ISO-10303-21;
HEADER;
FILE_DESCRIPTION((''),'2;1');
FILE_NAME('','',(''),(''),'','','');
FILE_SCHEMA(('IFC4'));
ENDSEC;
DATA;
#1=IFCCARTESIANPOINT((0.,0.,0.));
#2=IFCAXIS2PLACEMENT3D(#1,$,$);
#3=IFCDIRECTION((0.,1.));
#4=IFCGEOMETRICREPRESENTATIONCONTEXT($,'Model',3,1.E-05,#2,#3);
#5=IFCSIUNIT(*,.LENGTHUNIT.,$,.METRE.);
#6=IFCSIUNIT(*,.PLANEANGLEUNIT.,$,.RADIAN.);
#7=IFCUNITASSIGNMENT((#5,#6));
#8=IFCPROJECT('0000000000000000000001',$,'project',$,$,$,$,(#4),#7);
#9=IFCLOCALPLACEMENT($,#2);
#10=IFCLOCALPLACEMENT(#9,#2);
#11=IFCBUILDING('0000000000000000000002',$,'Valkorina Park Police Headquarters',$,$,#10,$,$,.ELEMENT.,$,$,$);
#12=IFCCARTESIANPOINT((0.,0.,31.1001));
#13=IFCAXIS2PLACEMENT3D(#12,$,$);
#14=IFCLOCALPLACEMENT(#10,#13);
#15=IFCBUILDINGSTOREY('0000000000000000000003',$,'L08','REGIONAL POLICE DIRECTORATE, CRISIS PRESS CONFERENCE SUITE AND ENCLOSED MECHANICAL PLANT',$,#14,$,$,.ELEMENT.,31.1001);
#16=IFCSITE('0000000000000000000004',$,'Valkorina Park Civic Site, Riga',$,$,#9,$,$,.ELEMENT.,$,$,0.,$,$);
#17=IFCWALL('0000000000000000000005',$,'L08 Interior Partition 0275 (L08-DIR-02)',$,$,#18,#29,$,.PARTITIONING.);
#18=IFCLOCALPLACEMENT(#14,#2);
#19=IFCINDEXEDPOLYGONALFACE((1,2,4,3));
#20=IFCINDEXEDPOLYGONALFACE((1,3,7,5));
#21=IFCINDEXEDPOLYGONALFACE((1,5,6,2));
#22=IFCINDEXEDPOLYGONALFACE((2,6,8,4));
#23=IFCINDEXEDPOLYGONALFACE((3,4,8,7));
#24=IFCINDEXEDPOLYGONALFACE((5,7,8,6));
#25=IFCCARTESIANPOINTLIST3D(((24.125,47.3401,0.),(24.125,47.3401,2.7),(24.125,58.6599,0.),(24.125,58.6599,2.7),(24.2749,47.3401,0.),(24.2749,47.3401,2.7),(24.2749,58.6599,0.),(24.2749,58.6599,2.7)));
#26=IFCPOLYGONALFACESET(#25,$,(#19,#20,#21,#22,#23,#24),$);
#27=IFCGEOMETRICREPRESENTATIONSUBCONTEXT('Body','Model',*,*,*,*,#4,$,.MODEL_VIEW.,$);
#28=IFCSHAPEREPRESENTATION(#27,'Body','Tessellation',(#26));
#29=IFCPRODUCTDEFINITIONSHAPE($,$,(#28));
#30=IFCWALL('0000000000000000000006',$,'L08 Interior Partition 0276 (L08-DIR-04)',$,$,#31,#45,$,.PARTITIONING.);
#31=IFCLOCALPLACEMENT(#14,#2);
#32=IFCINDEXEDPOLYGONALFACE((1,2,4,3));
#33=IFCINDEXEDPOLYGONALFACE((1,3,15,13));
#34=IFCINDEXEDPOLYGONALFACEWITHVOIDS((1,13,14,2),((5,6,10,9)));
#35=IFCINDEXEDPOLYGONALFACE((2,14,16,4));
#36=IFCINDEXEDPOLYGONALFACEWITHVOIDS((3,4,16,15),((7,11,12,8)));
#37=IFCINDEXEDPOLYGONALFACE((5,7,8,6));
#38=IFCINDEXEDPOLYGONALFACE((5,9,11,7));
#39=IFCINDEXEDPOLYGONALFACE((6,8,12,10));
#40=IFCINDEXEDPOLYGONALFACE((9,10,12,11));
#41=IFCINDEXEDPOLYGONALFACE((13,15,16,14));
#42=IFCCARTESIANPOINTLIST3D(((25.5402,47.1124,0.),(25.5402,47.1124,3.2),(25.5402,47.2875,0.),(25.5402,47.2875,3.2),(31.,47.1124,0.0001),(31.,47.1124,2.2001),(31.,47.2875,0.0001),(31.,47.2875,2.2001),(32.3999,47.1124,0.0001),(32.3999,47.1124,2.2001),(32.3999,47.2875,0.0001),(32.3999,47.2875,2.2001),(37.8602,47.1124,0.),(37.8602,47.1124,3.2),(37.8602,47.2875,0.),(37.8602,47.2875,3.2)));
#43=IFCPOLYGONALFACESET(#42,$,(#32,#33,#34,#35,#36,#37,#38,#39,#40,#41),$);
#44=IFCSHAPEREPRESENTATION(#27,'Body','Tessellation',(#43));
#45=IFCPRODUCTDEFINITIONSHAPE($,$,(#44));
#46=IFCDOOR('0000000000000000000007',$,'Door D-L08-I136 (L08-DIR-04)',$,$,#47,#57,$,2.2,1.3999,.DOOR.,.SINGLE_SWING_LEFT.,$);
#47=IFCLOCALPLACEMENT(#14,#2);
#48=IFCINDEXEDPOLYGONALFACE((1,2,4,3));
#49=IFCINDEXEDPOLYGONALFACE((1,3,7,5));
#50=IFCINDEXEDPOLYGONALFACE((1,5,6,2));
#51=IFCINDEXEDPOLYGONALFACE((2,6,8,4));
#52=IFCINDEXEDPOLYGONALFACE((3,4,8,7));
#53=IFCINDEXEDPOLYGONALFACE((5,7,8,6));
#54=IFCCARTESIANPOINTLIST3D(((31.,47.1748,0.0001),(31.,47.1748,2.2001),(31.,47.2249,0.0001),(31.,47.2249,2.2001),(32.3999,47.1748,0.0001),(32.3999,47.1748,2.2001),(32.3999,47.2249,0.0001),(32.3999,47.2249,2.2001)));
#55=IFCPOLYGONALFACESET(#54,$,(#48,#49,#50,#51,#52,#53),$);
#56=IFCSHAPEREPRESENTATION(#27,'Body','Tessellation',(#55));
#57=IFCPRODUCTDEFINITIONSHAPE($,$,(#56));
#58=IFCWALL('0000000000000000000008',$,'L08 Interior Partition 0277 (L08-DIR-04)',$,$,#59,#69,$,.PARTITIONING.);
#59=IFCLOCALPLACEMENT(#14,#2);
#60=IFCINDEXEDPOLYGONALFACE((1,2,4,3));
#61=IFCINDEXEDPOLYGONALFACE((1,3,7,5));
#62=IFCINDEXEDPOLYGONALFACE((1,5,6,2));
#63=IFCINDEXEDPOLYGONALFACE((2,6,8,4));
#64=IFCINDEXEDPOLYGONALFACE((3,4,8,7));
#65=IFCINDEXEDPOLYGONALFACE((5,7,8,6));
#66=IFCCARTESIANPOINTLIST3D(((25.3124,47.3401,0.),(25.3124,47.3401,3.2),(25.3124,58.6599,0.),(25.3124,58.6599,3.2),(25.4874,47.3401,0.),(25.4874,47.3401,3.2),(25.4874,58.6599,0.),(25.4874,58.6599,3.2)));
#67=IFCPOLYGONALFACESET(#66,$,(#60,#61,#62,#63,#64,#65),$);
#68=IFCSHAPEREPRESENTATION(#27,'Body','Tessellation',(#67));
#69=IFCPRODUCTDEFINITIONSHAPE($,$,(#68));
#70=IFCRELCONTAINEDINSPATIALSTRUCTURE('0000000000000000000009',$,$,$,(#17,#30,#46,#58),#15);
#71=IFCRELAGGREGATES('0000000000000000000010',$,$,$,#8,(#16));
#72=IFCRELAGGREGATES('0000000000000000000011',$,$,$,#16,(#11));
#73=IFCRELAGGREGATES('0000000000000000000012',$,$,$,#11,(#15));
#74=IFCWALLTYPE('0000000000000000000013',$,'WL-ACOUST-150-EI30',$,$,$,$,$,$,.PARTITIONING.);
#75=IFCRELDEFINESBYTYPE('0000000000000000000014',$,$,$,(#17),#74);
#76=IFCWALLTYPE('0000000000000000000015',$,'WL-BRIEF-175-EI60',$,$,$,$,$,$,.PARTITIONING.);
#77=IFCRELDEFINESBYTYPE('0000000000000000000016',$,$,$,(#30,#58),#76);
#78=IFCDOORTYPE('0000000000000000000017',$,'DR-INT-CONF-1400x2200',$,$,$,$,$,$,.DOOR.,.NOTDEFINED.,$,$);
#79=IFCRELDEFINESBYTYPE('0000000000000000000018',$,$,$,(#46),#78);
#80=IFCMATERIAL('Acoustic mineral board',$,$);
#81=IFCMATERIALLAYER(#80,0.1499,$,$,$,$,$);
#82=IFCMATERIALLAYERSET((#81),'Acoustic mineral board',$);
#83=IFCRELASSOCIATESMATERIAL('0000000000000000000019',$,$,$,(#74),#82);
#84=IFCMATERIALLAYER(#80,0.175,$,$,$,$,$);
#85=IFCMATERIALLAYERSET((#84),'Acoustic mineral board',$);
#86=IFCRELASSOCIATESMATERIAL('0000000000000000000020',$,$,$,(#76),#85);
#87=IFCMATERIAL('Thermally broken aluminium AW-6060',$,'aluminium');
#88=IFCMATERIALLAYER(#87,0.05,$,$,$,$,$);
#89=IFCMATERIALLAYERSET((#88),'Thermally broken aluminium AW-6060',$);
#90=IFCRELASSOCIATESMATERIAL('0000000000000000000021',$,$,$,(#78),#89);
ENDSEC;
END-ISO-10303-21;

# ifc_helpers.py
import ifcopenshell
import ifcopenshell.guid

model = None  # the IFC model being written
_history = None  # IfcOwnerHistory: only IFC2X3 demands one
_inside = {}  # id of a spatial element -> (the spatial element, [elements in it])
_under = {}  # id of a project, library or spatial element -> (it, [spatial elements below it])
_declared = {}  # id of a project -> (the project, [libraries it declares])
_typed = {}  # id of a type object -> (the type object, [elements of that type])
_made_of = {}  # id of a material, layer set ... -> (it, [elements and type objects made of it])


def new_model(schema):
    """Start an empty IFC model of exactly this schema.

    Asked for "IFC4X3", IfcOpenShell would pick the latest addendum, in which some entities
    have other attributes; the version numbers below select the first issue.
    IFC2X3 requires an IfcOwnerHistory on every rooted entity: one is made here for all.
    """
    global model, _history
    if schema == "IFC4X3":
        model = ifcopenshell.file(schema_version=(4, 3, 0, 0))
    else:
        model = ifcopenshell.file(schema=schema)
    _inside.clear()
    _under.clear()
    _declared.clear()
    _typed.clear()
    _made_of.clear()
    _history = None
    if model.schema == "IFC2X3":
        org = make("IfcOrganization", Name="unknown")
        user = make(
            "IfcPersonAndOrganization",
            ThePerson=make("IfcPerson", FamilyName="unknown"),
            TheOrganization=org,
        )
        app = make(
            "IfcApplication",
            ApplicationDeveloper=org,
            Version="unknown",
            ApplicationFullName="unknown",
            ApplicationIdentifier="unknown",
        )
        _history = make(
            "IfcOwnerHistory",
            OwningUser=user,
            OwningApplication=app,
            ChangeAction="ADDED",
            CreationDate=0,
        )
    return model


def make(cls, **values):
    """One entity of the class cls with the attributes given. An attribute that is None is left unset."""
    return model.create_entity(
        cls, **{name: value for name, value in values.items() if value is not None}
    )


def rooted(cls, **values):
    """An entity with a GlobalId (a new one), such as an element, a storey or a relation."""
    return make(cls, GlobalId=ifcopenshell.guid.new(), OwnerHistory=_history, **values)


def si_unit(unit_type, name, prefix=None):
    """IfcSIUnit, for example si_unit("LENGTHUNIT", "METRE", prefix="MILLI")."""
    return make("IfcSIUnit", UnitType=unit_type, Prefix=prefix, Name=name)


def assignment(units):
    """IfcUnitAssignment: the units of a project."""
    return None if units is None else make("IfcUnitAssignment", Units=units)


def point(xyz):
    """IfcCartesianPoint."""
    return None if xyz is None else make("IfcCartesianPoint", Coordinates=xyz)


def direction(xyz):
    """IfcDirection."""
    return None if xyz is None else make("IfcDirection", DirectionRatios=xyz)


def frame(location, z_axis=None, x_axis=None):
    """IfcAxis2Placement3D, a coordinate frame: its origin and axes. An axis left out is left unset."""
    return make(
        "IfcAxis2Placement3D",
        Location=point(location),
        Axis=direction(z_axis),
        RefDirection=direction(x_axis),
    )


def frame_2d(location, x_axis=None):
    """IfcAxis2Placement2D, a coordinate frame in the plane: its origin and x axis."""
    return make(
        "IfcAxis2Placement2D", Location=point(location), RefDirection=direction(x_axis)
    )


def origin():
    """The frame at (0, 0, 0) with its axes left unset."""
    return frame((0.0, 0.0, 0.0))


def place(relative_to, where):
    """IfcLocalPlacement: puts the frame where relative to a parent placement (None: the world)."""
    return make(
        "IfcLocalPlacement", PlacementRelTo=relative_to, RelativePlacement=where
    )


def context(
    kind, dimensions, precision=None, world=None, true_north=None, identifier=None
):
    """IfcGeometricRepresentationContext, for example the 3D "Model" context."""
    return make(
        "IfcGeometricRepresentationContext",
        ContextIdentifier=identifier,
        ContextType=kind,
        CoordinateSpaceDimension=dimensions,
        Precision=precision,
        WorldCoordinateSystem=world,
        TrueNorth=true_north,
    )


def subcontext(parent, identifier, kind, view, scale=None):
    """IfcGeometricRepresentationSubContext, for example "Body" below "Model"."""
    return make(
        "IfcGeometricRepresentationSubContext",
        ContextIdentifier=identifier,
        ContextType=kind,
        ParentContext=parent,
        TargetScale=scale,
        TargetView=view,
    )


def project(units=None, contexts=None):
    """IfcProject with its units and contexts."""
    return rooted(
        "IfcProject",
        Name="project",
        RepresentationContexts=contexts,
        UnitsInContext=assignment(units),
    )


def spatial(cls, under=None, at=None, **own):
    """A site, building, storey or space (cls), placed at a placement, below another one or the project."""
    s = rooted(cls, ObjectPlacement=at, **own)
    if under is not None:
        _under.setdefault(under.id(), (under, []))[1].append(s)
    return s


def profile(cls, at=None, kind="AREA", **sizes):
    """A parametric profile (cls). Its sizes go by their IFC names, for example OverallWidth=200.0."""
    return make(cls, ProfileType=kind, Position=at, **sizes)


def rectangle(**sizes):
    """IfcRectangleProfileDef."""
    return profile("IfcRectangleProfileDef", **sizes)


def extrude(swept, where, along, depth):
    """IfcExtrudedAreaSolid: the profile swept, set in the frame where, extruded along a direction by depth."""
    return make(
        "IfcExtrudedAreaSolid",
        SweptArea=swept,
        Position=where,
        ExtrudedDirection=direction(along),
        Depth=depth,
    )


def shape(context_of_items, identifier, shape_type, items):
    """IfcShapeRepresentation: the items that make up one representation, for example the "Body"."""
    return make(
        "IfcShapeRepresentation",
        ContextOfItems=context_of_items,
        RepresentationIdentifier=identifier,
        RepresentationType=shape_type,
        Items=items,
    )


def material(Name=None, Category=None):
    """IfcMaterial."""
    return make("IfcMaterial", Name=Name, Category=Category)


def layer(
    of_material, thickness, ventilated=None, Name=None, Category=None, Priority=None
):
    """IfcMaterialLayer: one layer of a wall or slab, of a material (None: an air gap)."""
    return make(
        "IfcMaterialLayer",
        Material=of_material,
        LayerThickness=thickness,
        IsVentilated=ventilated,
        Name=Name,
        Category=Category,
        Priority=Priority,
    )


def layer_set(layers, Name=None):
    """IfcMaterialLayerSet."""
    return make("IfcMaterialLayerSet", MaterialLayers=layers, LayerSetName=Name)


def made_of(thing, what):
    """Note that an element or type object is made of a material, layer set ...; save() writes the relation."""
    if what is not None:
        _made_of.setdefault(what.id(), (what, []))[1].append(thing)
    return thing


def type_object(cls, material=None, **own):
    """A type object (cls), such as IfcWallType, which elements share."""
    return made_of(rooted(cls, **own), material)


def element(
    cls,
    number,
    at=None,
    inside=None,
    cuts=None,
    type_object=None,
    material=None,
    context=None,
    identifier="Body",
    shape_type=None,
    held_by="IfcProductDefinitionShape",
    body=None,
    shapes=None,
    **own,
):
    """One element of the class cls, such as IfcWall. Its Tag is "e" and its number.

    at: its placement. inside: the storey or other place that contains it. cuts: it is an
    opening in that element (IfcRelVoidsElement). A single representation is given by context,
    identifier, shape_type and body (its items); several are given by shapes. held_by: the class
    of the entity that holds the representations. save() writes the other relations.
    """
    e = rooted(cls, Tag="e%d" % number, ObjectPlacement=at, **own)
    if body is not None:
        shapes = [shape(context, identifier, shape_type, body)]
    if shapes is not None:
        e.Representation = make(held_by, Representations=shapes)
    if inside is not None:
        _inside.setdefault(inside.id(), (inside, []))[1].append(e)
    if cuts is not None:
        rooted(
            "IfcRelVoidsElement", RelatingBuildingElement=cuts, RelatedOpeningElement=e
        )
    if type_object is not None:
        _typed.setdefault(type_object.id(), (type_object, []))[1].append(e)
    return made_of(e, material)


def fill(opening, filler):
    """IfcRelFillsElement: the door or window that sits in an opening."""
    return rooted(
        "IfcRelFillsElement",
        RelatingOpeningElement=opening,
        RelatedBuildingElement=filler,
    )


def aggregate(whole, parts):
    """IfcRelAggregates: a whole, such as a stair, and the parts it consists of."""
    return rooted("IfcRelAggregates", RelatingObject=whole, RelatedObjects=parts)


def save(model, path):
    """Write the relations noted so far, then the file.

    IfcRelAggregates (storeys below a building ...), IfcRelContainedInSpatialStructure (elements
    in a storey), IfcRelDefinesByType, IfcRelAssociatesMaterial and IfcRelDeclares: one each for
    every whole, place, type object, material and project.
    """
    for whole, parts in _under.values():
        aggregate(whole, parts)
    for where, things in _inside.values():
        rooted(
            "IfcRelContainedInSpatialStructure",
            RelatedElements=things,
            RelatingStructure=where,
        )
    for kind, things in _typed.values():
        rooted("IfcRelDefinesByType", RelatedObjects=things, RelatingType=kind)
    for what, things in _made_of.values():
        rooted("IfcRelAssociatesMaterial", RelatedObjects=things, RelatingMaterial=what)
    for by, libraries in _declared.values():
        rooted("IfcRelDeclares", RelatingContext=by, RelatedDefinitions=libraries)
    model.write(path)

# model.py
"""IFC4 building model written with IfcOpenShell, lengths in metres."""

from ifc_helpers import new_model, si_unit, direction, frame, frame_2d, origin, place, context, subcontext, project, spatial, rectangle, extrude, material, layer, layer_set, type_object, element, fill, save


model = new_model("IFC4")

# Units and contexts
model_context = context("Model", 3, precision=1e-05, world=origin(), true_north=direction((0.0, 1.0)))
body_context = subcontext(model_context, "Body", "Model", "MODEL_VIEW")
ifc_project = project(units=[si_unit("LENGTHUNIT", "METRE"), si_unit("PLANEANGLEUNIT", "RADIAN")], contexts=[model_context])

# Site, building, storey
site_placement = place(None, origin())
site = spatial("IfcSite", under=ifc_project, at=site_placement, Name="Valkorina Park Civic Site, Riga", CompositionType="ELEMENT", RefElevation=0.0)
building_placement = place(site_placement, origin())
building = spatial("IfcBuilding", under=site, at=building_placement, Name="Valkorina Park Police Headquarters", CompositionType="ELEMENT")
storey_placement = place(building_placement, frame((0.0, 0.0, 31.1001)))
storey = spatial("IfcBuildingStorey", under=building, at=storey_placement, Name="L08", Description="REGIONAL POLICE DIRECTORATE, CRISIS PRESS CONFERENCE SUITE AND ENCLOSED MECHANICAL PLANT", CompositionType="ELEMENT", Elevation=31.1001)

# Shared definitions
ifc_material_1 = material(Name="Thermally broken aluminium AW-6060", Category="aluminium")

# Wall
ifc_material_2 = material(Name="Acoustic mineral board")
ifc_layer_1 = layer(ifc_material_2, 0.1499)
ifc_layer_set_1 = layer_set([ifc_layer_1], Name="Acoustic mineral board")
wall_type_1 = type_object("IfcWallType", Name="WL-ACOUST-150-EI30", PredefinedType="PARTITIONING", material=ifc_layer_set_1)
wall_1_placement = place(storey_placement, frame((24.2, 47.3401, 0.0), z_axis=(0.0, 0.0, 1.0), x_axis=(0.0, 1.0, 0.0)))
element("IfcWall", 1, at=wall_1_placement, inside=storey, type_object=wall_type_1, Name="L08 Interior Partition 0275 (L08-DIR-02)", PredefinedType="PARTITIONING", context=body_context, shape_type="SweptSolid", body=[
    extrude(rectangle(XDim=11.3198, YDim=0.1499, at=frame_2d((5.6599, 0.0))), origin(), (0.0, 0.0, 1.0), 2.7),
])

# Wall, opening, door
ifc_layer_2 = layer(ifc_material_2, 0.175)
ifc_layer_set_2 = layer_set([ifc_layer_2], Name="Acoustic mineral board")
wall_type_2 = type_object("IfcWallType", Name="WL-BRIEF-175-EI60", PredefinedType="PARTITIONING", material=ifc_layer_set_2)
wall_2_placement = place(storey_placement, frame((25.54, 47.2, 0.0), z_axis=(0.0, 0.0, 1.0), x_axis=(1.0, 0.0, 0.0)))
wall_2 = element("IfcWall", 2, at=wall_2_placement, inside=storey, type_object=wall_type_2, Name="L08 Interior Partition 0276 (L08-DIR-04)", PredefinedType="PARTITIONING", context=body_context, shape_type="SweptSolid", body=[
    extrude(rectangle(XDim=12.3201, YDim=0.175, at=frame_2d((6.1602, 0.0))), origin(), (0.0, 0.0, 1.0), 3.2),
])
opening_placement = place(wall_2_placement, frame((5.46, 0.0, 0.0)))
opening = element("IfcOpeningElement", 3, at=opening_placement, cuts=wall_2, PredefinedType="OPENING", context=body_context, shape_type="SweptSolid", body=[
    extrude(rectangle(XDim=1.3999, YDim=2.2, at=frame_2d((0.7, 1.1001))), frame((0.0, 0.0977, 0.0), z_axis=(0.0, -1.0, 0.0), x_axis=(1.0, 0.0, 0.0)), (0.0, 0.0, 1.0), 0.1951),
])
ifc_layer_3 = layer(ifc_material_1, 0.05)
ifc_layer_set_3 = layer_set([ifc_layer_3], Name="Thermally broken aluminium AW-6060")
door_type = type_object("IfcDoorType", Name="DR-INT-CONF-1400x2200", OperationType="NOTDEFINED", PredefinedType="DOOR", material=ifc_layer_set_3)
door_placement = place(opening_placement, origin())
door = element("IfcDoor", 4, at=door_placement, inside=storey, type_object=door_type, Name="Door D-L08-I136 (L08-DIR-04)", OperationType="SINGLE_SWING_LEFT", OverallHeight=2.2, OverallWidth=1.3999, PredefinedType="DOOR", context=body_context, shape_type="SweptSolid", body=[
    extrude(rectangle(XDim=1.3999, YDim=2.2, at=frame_2d((0.7, 1.1001))), frame((0.0, 0.0249, 0.0), z_axis=(0.0, -1.0, 0.0), x_axis=(1.0, 0.0, 0.0)), (0.0, 0.0, 1.0), 0.05),
])
fill(opening, door)

# Wall
wall_3_placement = place(storey_placement, frame((25.3999, 47.3401, 0.0), z_axis=(0.0, 0.0, 1.0), x_axis=(0.0, 1.0, 0.0)))
element("IfcWall", 5, at=wall_3_placement, inside=storey, type_object=wall_type_2, Name="L08 Interior Partition 0277 (L08-DIR-04)", PredefinedType="PARTITIONING", context=body_context, shape_type="SweptSolid", body=[
    extrude(rectangle(XDim=11.3198, YDim=0.175, at=frame_2d((5.6599, 0.0))), origin(), (0.0, 0.0, 1.0), 3.2),
])

save(model, "model.ifc")
